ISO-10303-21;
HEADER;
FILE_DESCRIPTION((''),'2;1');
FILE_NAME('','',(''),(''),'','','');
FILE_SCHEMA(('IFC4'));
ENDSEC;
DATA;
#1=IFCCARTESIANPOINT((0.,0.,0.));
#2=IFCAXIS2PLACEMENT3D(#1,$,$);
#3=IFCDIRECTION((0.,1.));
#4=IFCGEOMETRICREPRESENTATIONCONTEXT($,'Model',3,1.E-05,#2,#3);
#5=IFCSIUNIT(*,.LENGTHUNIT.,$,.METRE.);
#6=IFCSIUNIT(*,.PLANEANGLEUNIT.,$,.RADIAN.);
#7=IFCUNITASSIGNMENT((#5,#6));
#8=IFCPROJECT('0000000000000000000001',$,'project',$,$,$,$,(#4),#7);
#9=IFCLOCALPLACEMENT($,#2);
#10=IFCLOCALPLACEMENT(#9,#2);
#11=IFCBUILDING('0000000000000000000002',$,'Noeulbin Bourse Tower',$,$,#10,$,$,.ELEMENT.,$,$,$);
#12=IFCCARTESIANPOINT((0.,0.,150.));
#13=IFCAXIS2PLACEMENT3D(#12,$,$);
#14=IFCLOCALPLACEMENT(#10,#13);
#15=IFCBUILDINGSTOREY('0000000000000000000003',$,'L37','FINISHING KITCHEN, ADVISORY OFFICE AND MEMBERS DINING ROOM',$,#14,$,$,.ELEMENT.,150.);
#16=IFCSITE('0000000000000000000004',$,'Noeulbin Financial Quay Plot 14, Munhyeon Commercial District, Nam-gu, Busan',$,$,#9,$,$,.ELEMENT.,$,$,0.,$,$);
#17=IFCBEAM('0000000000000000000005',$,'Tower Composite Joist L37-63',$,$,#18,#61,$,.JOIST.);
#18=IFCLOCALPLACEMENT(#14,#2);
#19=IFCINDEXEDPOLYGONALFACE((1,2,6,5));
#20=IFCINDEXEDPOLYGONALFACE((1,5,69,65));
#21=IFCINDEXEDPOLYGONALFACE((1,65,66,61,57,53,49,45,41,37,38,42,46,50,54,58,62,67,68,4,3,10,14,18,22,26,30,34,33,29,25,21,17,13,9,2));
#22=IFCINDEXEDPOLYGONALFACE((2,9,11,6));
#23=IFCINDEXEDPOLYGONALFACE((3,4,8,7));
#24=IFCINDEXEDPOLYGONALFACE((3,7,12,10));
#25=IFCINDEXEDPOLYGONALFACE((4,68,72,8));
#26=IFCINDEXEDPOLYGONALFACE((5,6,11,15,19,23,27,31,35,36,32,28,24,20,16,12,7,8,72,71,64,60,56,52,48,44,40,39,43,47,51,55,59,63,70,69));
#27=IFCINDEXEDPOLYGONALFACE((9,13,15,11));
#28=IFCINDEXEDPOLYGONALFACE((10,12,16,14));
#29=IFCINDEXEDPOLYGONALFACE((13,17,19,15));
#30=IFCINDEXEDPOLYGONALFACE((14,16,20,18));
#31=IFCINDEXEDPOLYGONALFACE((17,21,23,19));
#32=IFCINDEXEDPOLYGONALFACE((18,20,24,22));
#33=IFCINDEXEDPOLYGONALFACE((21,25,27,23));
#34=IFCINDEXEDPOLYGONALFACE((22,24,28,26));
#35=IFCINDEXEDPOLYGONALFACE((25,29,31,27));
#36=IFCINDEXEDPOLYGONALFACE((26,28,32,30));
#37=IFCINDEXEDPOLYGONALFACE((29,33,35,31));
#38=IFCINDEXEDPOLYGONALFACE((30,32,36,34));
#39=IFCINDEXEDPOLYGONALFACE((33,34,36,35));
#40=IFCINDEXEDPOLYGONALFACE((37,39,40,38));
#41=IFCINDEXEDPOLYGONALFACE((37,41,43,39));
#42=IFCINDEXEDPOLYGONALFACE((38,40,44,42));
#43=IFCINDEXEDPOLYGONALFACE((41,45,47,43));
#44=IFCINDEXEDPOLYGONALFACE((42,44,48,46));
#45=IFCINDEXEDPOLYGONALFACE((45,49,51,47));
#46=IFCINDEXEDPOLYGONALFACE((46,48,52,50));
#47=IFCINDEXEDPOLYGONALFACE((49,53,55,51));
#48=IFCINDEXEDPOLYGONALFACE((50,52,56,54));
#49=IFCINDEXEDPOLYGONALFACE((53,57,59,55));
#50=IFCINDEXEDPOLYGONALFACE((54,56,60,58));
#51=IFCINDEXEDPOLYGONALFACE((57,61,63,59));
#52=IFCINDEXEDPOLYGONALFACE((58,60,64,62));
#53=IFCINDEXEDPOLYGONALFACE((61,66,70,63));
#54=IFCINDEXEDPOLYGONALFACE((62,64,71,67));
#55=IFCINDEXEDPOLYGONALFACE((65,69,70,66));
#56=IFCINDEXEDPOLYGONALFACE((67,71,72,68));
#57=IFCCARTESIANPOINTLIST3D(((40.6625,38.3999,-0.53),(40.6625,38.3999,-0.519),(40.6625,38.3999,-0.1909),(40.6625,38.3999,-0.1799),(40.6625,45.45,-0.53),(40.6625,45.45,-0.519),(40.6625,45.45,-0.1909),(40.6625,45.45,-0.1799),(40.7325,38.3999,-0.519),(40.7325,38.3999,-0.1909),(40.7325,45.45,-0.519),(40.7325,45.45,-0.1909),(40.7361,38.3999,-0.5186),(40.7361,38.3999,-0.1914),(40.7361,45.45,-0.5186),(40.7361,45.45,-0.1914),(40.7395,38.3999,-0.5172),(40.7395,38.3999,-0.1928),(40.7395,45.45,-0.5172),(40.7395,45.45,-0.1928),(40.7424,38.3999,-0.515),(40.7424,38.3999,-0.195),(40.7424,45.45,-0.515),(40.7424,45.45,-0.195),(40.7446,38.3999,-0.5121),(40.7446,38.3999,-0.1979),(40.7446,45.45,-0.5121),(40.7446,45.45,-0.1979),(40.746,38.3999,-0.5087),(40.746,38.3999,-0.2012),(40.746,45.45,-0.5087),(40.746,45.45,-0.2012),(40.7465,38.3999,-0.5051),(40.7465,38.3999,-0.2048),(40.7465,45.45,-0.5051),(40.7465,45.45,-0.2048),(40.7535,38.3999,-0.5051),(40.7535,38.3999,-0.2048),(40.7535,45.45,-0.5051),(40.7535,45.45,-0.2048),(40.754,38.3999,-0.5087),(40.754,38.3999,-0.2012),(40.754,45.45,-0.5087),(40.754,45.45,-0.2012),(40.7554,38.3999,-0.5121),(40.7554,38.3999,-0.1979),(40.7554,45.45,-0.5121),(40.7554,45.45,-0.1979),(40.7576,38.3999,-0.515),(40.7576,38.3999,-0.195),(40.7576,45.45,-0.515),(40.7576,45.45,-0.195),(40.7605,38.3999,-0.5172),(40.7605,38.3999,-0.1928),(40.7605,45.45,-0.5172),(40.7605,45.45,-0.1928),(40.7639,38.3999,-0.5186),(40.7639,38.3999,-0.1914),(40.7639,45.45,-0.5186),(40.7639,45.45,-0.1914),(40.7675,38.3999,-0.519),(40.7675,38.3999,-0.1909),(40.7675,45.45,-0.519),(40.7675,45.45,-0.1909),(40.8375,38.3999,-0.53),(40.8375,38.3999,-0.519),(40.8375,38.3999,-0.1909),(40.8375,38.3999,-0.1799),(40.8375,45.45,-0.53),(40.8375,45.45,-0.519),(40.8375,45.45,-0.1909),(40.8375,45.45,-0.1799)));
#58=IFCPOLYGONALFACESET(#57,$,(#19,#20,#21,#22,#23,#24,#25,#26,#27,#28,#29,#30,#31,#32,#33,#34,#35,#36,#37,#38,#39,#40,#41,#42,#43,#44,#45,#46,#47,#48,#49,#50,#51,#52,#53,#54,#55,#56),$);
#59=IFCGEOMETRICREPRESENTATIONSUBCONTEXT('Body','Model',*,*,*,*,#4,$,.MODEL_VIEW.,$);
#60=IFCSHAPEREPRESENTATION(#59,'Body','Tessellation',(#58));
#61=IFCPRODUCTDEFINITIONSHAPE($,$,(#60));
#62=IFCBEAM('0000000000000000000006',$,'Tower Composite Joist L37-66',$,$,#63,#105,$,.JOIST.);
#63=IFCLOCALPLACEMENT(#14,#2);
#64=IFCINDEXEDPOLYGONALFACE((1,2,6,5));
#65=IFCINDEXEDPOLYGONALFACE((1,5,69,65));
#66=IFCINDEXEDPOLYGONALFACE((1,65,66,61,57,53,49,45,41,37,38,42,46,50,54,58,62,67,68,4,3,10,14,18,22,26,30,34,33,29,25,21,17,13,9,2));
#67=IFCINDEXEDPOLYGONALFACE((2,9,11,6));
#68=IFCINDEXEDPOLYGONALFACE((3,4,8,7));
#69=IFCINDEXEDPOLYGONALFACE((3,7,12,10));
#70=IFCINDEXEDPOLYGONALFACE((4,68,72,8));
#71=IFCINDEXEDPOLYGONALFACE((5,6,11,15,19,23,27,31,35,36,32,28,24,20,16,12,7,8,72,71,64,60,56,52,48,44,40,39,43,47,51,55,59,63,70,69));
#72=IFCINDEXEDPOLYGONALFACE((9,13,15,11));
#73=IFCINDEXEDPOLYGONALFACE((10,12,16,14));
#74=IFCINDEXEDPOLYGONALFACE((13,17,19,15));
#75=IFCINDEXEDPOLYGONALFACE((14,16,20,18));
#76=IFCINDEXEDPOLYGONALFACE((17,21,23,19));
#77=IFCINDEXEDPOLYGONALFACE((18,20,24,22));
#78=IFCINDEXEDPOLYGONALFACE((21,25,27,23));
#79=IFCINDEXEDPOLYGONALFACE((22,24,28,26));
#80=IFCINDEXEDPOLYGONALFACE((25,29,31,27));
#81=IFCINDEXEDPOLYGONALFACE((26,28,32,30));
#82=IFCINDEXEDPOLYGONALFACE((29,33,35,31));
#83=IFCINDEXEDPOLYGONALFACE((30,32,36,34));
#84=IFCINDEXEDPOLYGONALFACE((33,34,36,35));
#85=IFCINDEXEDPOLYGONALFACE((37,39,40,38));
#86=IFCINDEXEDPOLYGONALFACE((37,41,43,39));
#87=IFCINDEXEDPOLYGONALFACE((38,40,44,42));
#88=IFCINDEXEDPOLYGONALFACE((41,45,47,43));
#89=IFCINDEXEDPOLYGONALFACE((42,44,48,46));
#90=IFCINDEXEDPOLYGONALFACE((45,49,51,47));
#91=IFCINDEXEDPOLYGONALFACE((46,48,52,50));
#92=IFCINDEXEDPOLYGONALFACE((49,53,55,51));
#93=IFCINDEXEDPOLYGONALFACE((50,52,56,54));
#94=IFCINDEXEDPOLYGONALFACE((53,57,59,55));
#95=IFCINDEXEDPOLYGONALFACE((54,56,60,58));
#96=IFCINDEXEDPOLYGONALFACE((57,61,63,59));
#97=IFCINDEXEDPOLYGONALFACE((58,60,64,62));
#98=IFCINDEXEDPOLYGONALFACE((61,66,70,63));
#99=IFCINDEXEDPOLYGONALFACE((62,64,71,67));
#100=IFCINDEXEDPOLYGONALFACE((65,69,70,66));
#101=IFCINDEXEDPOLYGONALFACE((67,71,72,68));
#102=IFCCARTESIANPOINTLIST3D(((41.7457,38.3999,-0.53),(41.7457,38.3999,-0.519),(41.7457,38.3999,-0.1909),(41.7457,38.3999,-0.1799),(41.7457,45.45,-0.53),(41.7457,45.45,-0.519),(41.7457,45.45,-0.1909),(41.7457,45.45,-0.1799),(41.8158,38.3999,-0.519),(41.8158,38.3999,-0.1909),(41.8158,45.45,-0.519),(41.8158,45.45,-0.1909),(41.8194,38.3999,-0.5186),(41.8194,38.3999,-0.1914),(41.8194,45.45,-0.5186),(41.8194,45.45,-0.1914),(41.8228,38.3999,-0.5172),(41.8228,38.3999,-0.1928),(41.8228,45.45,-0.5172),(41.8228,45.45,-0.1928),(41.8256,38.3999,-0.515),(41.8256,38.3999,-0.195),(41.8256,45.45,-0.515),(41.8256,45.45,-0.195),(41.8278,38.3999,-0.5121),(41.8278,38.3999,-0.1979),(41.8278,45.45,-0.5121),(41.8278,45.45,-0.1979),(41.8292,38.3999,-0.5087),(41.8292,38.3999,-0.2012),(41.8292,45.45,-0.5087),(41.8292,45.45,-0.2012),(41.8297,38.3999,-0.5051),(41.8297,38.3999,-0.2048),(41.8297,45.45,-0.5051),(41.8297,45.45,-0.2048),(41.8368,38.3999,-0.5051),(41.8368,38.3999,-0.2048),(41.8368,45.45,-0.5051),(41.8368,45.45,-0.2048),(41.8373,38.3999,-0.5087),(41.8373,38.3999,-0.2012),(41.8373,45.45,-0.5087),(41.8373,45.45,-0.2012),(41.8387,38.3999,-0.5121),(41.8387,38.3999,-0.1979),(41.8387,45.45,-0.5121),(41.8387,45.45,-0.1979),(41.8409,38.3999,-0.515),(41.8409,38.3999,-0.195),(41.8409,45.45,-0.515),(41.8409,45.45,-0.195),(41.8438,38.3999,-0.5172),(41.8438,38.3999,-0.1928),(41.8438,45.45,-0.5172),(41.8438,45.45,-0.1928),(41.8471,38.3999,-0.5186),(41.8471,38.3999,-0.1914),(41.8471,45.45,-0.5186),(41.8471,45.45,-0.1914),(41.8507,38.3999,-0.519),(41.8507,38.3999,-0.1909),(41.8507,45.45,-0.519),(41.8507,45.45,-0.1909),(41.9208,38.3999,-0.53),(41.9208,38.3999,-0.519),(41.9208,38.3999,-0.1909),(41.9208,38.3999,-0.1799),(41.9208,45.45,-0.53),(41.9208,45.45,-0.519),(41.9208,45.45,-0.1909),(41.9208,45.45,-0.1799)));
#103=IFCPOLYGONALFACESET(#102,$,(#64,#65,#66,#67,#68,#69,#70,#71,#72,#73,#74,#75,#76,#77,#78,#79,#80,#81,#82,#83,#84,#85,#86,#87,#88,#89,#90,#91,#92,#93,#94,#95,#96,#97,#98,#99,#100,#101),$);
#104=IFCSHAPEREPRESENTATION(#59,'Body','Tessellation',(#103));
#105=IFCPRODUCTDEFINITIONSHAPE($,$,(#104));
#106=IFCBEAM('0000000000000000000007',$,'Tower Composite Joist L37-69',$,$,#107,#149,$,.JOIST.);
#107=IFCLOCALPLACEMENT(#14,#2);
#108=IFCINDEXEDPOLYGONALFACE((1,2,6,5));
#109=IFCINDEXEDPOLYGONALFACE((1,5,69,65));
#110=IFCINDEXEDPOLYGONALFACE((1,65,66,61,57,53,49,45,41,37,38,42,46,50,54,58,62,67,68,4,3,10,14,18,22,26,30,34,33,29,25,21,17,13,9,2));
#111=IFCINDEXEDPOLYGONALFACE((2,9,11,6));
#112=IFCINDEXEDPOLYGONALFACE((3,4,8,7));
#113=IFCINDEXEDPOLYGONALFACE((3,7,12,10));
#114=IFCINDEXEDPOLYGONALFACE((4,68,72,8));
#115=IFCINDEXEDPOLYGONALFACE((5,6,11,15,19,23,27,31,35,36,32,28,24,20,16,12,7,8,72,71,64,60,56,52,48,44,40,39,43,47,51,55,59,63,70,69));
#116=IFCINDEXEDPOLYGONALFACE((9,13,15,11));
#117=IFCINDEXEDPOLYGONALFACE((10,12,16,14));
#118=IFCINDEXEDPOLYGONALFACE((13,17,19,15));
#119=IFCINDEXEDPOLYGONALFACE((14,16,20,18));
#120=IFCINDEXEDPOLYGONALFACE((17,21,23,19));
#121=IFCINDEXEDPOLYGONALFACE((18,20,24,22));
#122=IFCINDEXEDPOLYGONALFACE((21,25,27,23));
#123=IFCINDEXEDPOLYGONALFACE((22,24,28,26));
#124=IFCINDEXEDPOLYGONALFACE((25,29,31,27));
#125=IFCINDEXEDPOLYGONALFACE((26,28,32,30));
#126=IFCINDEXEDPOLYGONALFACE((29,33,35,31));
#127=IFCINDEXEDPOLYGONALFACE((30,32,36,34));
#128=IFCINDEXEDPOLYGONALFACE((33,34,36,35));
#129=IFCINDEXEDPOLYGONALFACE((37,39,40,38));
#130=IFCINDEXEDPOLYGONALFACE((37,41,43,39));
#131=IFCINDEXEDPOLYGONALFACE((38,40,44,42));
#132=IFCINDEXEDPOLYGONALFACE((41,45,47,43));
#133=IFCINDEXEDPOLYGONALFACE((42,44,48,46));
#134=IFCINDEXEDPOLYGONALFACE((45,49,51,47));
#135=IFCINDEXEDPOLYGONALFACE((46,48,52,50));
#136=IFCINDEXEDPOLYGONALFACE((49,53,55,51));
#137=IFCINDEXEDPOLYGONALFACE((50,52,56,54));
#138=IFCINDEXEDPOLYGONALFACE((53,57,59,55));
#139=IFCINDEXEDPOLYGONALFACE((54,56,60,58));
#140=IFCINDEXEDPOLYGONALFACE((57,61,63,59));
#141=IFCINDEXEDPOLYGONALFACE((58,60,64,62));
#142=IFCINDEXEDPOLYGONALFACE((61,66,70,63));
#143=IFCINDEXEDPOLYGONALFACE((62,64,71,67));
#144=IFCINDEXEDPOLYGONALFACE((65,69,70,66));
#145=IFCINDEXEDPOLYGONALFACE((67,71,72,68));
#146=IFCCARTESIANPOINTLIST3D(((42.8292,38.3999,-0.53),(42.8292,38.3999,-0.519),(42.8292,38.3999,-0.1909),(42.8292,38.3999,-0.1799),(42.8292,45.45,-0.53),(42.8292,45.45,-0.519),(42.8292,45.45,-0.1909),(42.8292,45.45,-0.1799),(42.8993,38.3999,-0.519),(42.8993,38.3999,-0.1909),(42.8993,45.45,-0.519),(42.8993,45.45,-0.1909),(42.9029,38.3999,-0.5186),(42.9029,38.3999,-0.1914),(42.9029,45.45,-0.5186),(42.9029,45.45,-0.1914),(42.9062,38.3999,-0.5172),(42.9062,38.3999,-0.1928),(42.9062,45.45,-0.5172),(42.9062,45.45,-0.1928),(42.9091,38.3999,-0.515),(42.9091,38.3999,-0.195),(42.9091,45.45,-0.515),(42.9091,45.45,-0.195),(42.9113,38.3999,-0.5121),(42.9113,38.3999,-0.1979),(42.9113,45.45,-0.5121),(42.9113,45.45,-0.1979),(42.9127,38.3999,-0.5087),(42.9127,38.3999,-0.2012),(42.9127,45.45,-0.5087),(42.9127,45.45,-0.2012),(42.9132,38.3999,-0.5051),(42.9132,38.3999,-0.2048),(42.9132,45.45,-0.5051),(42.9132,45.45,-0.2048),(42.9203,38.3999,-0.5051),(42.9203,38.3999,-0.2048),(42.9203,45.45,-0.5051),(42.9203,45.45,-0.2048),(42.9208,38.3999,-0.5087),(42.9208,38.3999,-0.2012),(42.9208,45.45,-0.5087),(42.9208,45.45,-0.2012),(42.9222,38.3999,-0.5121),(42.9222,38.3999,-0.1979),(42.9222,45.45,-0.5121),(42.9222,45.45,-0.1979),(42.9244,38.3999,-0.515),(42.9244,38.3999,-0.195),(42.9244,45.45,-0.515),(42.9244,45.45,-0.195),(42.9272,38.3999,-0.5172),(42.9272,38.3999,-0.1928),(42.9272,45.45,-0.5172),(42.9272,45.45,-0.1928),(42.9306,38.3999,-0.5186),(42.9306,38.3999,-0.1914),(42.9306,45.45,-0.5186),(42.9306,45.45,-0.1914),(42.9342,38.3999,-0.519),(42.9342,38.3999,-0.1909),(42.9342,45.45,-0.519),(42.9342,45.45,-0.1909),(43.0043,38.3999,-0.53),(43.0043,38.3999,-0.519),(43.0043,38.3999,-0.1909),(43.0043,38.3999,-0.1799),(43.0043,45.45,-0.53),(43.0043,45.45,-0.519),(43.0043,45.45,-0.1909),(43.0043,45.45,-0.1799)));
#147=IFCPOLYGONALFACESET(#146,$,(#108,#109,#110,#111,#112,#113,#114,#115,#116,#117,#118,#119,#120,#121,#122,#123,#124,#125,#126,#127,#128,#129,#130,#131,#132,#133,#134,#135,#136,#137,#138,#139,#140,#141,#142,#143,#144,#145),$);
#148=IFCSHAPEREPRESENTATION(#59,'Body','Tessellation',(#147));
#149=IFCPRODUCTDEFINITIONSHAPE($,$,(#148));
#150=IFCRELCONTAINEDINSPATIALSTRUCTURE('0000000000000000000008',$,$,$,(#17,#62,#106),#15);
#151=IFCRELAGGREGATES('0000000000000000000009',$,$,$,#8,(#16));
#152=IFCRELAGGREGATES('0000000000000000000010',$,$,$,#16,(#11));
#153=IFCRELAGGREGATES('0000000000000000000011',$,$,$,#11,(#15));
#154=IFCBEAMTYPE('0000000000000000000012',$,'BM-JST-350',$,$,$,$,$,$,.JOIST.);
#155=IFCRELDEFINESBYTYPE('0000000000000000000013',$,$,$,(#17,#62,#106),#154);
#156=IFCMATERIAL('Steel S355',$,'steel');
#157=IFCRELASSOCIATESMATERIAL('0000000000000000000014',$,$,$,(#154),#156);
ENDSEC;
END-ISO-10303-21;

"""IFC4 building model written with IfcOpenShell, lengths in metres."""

from ifc_helpers import new_model, si_unit, direction, frame, origin, origin_2d, place, context, subcontext, project, spatial, i_section, extrude, material, material_profile, profile_set, type_object, element, save


model = new_model("IFC4")

# Units and contexts
model_context = context("Model", 3, precision=1e-05, world=origin(), true_north=direction((0.0, 1.0)))
body_context = subcontext(model_context, "Body", "Model", "MODEL_VIEW")
ifc_project = project(units=[si_unit("LENGTHUNIT", "METRE"), si_unit("PLANEANGLEUNIT", "RADIAN")], contexts=[model_context])

# Site, building, storey
site_placement = place(None, origin())
site = spatial("IfcSite", under=ifc_project, at=site_placement, Name="Noeulbin Financial Quay Plot 14, Munhyeon Commercial District, Nam-gu, Busan", CompositionType="ELEMENT", RefElevation=0.0)
building_placement = place(site_placement, origin())
building = spatial("IfcBuilding", under=site, at=building_placement, Name="Noeulbin Bourse Tower", CompositionType="ELEMENT")
storey_placement = place(building_placement, frame((0.0, 0.0, 150.0)))
storey = spatial("IfcBuildingStorey", under=building, at=storey_placement, Name="L37", Description="FINISHING KITCHEN, ADVISORY OFFICE AND MEMBERS DINING ROOM", CompositionType="ELEMENT", Elevation=150.0)

# Shared definitions
ifc_material_1 = material(Name="Steel S355", Category="steel")

# Beams
ifc_material_profile_1 = material_profile(ifc_material_1, i_section(OverallWidth=0.175, OverallDepth=0.3501, WebThickness=0.0071, FlangeThickness=0.011, FilletRadius=0.0139, at=origin_2d()), Name="H-350x175x7x11", Category="LoadBearing")
ifc_profile_set_1 = profile_set([ifc_material_profile_1], Name="Steel S355")
beam_type_1 = type_object("IfcBeamType", Name="BM-JST-350", PredefinedType="JOIST", material=ifc_profile_set_1)
for number, where, z_axis, x_axis, name in (
    (1, (40.75, 38.3999, -0.355), (0.0, 1.0, 0.0), (-1.0, 0.0, 0.0), "Tower Composite Joist L37-63"),
    (2, (41.8333, 38.3999, -0.355), (0.0, 1.0, 0.0), (-1.0, 0.0, 0.0), "Tower Composite Joist L37-66"),
    (3, (42.9167, 38.3999, -0.355), (0.0, 1.0, 0.0), (-1.0, 0.0, 0.0), "Tower Composite Joist L37-69"),
):
    element("IfcBeam", number, at=place(storey_placement, frame(where, z_axis=z_axis, x_axis=x_axis)), inside=storey, type_object=beam_type_1, Name=name, PredefinedType="JOIST", context=body_context, shape_type="SweptSolid", body=[
        extrude(i_section(OverallWidth=0.175, OverallDepth=0.3501, WebThickness=0.0071, FlangeThickness=0.011, FilletRadius=0.0139, at=origin_2d()), origin(), (0.0, 0.0, 1.0), 7.05),
    ])

save(model, "model.ifc")
